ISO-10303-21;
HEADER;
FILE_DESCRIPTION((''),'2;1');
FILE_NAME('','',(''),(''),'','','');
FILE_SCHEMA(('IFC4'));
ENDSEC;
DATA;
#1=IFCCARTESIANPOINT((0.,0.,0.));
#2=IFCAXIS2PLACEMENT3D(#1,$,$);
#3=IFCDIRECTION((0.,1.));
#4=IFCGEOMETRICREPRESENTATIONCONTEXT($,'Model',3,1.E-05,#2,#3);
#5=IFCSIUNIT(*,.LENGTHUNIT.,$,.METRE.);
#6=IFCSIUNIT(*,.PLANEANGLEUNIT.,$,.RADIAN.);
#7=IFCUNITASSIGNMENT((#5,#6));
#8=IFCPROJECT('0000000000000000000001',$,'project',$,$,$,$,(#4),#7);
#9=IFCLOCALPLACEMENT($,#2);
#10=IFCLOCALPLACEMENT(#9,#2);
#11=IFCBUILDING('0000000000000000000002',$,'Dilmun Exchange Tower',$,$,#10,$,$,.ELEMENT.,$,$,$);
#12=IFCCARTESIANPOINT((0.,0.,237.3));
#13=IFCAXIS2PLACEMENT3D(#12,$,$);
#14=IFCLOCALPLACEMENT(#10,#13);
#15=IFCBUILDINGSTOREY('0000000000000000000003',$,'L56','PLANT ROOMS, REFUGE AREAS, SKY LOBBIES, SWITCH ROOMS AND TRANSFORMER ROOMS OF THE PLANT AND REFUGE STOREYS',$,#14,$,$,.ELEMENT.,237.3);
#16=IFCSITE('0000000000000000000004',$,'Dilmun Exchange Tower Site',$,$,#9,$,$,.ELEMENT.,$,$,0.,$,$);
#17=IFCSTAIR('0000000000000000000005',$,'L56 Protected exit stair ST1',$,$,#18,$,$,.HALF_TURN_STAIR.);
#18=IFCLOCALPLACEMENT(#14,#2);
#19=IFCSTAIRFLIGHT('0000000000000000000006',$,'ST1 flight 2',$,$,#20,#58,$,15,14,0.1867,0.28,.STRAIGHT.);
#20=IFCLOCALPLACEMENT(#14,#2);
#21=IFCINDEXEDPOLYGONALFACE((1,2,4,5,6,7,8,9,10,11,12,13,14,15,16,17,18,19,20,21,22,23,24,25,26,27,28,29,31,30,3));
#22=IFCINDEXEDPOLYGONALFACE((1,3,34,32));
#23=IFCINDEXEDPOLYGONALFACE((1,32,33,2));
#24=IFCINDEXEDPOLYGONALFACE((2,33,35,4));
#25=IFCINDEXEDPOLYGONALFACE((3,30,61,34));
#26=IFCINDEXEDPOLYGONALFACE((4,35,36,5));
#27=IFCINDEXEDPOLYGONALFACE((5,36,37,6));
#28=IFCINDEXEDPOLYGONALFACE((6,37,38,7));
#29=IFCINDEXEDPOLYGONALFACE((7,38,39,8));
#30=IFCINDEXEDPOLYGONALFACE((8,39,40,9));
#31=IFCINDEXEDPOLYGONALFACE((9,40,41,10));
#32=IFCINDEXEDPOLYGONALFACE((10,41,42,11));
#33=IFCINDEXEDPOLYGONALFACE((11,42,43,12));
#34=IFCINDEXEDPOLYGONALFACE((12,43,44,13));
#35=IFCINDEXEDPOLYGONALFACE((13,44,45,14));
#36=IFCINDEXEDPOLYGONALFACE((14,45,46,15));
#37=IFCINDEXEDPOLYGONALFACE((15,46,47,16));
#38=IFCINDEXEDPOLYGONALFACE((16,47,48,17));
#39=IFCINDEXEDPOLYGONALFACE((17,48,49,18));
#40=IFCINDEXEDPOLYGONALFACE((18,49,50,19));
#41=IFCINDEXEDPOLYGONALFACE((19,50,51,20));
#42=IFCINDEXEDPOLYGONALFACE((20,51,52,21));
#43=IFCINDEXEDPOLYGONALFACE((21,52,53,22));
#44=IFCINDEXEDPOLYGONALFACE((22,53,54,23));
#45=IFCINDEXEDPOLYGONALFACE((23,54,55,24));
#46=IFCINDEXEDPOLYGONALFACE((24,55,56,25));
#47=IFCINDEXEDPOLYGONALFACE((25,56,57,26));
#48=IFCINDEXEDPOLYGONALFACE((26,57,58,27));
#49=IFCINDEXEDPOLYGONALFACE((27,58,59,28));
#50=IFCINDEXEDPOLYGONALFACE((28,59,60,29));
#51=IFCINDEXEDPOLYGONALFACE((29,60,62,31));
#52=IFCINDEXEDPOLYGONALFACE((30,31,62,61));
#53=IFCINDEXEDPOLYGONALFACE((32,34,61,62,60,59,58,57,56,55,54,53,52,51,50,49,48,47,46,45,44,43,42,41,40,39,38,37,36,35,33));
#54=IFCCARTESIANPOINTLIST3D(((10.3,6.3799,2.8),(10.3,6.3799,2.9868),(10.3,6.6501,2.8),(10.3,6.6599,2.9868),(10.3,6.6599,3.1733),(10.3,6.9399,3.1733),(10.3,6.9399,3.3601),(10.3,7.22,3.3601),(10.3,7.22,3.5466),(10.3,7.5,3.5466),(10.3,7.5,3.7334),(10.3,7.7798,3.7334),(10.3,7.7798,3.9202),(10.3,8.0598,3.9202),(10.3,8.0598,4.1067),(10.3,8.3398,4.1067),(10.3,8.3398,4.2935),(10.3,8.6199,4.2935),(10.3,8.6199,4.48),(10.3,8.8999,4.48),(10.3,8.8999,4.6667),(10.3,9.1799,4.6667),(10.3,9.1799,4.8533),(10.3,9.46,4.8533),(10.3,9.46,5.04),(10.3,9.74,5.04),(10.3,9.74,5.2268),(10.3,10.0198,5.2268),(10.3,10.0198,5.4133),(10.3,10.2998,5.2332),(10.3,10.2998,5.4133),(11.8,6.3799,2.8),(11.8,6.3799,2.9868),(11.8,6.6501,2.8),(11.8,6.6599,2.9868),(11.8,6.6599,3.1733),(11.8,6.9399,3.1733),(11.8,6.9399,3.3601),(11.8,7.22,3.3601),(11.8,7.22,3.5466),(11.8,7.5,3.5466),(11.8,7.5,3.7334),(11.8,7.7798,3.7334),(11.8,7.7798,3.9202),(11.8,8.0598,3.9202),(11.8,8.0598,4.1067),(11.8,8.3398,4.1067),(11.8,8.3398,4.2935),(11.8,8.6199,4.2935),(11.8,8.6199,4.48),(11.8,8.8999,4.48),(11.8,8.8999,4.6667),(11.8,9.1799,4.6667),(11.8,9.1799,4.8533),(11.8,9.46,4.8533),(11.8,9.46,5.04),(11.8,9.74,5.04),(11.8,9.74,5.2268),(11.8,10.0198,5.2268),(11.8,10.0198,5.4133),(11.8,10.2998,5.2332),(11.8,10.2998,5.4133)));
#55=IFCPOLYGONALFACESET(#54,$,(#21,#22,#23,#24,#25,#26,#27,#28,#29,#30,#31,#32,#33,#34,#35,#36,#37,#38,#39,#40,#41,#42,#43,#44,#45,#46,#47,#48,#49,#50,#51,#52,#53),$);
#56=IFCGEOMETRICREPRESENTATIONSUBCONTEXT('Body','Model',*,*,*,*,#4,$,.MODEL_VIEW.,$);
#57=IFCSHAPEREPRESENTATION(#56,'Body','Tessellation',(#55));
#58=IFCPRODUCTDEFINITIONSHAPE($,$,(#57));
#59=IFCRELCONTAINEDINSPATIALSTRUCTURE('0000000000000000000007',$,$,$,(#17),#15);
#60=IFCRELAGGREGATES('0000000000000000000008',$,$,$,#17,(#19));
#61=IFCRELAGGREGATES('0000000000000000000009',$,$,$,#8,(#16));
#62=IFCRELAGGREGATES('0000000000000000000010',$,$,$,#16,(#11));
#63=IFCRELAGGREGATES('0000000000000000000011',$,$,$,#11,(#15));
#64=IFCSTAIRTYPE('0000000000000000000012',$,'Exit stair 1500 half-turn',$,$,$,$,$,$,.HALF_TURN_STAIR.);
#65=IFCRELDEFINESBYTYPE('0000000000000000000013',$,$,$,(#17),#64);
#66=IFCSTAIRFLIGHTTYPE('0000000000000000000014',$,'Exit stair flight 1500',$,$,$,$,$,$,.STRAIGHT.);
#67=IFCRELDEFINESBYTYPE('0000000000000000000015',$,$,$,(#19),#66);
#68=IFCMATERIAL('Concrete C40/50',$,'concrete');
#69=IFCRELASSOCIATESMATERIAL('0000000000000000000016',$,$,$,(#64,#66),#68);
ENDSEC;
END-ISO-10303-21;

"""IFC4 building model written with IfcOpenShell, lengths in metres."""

from ifc_helpers import new_model, si_unit, direction, frame, origin, place, context, subcontext, project, spatial, polyline, outline, extrude, material, type_object, element, aggregate, save


model = new_model("IFC4")

# Units and contexts
model_context = context("Model", 3, precision=1e-05, world=origin(), true_north=direction((0.0, 1.0)))
body_context = subcontext(model_context, "Body", "Model", "MODEL_VIEW")
ifc_project = project(units=[si_unit("LENGTHUNIT", "METRE"), si_unit("PLANEANGLEUNIT", "RADIAN")], contexts=[model_context])

# Site, building, storey
site_placement = place(None, origin())
site = spatial("IfcSite", under=ifc_project, at=site_placement, Name="Dilmun Exchange Tower Site", CompositionType="ELEMENT", RefElevation=0.0)
building_placement = place(site_placement, origin())
building = spatial("IfcBuilding", under=site, at=building_placement, Name="Dilmun Exchange Tower", CompositionType="ELEMENT")
storey_placement = place(building_placement, frame((0.0, 0.0, 237.3)))
storey = spatial("IfcBuildingStorey", under=building, at=storey_placement, Name="L56", Description="PLANT ROOMS, REFUGE AREAS, SKY LOBBIES, SWITCH ROOMS AND TRANSFORMER ROOMS OF THE PLANT AND REFUGE STOREYS", CompositionType="ELEMENT", Elevation=237.3)

# Shared definitions
ifc_material_1 = material(Name="Concrete C40/50", Category="concrete")

# Stair, stair flight
stair_type = type_object("IfcStairType", Name="Exit stair 1500 half-turn", PredefinedType="HALF_TURN_STAIR", material=ifc_material_1)
stair_placement = place(storey_placement, origin())
stair = element("IfcStair", 1, at=stair_placement, inside=storey, type_object=stair_type, Name="L56 Protected exit stair ST1", PredefinedType="HALF_TURN_STAIR")
stair_flight_type = type_object("IfcStairFlightType", Name="Exit stair flight 1500", PredefinedType="STRAIGHT", material=ifc_material_1)
stair_flight_1_placement = place(storey_placement, frame((11.05, 6.3799, 2.8), z_axis=(0.0, 0.0, 1.0), x_axis=(0.0, 1.0, 0.0)))
stair_flight_1 = element("IfcStairFlight", 2, at=stair_flight_1_placement, type_object=stair_flight_type, Name="ST1 flight 2", NumberOfRisers=15, NumberOfTreads=14, PredefinedType="STRAIGHT", RiserHeight=0.1867, TreadLength=0.28, context=body_context, shape_type="SweptSolid", body=[
    extrude(outline(polyline([(0.0, 0.0), (0.0, 0.1868), (0.28, 0.1868), (0.28, 0.3733), (0.5601, 0.3733), (0.5601, 0.5601), (0.8401, 0.5601), (0.8401, 0.7466), (1.1201, 0.7466), (1.1201, 0.9333), (1.3999, 0.9333), (1.3999, 1.1201), (1.6799, 1.1201), (1.6799, 1.3066), (1.96, 1.3066), (1.96, 1.4934), (2.24, 1.4934), (2.24, 1.6799), (2.52, 1.6799), (2.52, 1.8667), (2.8, 1.8667), (2.8, 2.0532), (3.0801, 2.0532), (3.0801, 2.24), (3.3601, 2.24), (3.3601, 2.4268), (3.6399, 2.4268), (3.6399, 2.6133), (3.9199, 2.6133), (3.9199, 2.8), (3.9199, 2.4331), (0.2703, 0.0), (0.0, 0.0)])), frame((0.0, 0.75, 0.0), z_axis=(0.0, -1.0, 0.0), x_axis=(1.0, 0.0, 0.0)), (0.0, 0.0, 1.0), 1.5),
])
aggregate(stair, [stair_flight_1])

save(model, "model.ifc")
